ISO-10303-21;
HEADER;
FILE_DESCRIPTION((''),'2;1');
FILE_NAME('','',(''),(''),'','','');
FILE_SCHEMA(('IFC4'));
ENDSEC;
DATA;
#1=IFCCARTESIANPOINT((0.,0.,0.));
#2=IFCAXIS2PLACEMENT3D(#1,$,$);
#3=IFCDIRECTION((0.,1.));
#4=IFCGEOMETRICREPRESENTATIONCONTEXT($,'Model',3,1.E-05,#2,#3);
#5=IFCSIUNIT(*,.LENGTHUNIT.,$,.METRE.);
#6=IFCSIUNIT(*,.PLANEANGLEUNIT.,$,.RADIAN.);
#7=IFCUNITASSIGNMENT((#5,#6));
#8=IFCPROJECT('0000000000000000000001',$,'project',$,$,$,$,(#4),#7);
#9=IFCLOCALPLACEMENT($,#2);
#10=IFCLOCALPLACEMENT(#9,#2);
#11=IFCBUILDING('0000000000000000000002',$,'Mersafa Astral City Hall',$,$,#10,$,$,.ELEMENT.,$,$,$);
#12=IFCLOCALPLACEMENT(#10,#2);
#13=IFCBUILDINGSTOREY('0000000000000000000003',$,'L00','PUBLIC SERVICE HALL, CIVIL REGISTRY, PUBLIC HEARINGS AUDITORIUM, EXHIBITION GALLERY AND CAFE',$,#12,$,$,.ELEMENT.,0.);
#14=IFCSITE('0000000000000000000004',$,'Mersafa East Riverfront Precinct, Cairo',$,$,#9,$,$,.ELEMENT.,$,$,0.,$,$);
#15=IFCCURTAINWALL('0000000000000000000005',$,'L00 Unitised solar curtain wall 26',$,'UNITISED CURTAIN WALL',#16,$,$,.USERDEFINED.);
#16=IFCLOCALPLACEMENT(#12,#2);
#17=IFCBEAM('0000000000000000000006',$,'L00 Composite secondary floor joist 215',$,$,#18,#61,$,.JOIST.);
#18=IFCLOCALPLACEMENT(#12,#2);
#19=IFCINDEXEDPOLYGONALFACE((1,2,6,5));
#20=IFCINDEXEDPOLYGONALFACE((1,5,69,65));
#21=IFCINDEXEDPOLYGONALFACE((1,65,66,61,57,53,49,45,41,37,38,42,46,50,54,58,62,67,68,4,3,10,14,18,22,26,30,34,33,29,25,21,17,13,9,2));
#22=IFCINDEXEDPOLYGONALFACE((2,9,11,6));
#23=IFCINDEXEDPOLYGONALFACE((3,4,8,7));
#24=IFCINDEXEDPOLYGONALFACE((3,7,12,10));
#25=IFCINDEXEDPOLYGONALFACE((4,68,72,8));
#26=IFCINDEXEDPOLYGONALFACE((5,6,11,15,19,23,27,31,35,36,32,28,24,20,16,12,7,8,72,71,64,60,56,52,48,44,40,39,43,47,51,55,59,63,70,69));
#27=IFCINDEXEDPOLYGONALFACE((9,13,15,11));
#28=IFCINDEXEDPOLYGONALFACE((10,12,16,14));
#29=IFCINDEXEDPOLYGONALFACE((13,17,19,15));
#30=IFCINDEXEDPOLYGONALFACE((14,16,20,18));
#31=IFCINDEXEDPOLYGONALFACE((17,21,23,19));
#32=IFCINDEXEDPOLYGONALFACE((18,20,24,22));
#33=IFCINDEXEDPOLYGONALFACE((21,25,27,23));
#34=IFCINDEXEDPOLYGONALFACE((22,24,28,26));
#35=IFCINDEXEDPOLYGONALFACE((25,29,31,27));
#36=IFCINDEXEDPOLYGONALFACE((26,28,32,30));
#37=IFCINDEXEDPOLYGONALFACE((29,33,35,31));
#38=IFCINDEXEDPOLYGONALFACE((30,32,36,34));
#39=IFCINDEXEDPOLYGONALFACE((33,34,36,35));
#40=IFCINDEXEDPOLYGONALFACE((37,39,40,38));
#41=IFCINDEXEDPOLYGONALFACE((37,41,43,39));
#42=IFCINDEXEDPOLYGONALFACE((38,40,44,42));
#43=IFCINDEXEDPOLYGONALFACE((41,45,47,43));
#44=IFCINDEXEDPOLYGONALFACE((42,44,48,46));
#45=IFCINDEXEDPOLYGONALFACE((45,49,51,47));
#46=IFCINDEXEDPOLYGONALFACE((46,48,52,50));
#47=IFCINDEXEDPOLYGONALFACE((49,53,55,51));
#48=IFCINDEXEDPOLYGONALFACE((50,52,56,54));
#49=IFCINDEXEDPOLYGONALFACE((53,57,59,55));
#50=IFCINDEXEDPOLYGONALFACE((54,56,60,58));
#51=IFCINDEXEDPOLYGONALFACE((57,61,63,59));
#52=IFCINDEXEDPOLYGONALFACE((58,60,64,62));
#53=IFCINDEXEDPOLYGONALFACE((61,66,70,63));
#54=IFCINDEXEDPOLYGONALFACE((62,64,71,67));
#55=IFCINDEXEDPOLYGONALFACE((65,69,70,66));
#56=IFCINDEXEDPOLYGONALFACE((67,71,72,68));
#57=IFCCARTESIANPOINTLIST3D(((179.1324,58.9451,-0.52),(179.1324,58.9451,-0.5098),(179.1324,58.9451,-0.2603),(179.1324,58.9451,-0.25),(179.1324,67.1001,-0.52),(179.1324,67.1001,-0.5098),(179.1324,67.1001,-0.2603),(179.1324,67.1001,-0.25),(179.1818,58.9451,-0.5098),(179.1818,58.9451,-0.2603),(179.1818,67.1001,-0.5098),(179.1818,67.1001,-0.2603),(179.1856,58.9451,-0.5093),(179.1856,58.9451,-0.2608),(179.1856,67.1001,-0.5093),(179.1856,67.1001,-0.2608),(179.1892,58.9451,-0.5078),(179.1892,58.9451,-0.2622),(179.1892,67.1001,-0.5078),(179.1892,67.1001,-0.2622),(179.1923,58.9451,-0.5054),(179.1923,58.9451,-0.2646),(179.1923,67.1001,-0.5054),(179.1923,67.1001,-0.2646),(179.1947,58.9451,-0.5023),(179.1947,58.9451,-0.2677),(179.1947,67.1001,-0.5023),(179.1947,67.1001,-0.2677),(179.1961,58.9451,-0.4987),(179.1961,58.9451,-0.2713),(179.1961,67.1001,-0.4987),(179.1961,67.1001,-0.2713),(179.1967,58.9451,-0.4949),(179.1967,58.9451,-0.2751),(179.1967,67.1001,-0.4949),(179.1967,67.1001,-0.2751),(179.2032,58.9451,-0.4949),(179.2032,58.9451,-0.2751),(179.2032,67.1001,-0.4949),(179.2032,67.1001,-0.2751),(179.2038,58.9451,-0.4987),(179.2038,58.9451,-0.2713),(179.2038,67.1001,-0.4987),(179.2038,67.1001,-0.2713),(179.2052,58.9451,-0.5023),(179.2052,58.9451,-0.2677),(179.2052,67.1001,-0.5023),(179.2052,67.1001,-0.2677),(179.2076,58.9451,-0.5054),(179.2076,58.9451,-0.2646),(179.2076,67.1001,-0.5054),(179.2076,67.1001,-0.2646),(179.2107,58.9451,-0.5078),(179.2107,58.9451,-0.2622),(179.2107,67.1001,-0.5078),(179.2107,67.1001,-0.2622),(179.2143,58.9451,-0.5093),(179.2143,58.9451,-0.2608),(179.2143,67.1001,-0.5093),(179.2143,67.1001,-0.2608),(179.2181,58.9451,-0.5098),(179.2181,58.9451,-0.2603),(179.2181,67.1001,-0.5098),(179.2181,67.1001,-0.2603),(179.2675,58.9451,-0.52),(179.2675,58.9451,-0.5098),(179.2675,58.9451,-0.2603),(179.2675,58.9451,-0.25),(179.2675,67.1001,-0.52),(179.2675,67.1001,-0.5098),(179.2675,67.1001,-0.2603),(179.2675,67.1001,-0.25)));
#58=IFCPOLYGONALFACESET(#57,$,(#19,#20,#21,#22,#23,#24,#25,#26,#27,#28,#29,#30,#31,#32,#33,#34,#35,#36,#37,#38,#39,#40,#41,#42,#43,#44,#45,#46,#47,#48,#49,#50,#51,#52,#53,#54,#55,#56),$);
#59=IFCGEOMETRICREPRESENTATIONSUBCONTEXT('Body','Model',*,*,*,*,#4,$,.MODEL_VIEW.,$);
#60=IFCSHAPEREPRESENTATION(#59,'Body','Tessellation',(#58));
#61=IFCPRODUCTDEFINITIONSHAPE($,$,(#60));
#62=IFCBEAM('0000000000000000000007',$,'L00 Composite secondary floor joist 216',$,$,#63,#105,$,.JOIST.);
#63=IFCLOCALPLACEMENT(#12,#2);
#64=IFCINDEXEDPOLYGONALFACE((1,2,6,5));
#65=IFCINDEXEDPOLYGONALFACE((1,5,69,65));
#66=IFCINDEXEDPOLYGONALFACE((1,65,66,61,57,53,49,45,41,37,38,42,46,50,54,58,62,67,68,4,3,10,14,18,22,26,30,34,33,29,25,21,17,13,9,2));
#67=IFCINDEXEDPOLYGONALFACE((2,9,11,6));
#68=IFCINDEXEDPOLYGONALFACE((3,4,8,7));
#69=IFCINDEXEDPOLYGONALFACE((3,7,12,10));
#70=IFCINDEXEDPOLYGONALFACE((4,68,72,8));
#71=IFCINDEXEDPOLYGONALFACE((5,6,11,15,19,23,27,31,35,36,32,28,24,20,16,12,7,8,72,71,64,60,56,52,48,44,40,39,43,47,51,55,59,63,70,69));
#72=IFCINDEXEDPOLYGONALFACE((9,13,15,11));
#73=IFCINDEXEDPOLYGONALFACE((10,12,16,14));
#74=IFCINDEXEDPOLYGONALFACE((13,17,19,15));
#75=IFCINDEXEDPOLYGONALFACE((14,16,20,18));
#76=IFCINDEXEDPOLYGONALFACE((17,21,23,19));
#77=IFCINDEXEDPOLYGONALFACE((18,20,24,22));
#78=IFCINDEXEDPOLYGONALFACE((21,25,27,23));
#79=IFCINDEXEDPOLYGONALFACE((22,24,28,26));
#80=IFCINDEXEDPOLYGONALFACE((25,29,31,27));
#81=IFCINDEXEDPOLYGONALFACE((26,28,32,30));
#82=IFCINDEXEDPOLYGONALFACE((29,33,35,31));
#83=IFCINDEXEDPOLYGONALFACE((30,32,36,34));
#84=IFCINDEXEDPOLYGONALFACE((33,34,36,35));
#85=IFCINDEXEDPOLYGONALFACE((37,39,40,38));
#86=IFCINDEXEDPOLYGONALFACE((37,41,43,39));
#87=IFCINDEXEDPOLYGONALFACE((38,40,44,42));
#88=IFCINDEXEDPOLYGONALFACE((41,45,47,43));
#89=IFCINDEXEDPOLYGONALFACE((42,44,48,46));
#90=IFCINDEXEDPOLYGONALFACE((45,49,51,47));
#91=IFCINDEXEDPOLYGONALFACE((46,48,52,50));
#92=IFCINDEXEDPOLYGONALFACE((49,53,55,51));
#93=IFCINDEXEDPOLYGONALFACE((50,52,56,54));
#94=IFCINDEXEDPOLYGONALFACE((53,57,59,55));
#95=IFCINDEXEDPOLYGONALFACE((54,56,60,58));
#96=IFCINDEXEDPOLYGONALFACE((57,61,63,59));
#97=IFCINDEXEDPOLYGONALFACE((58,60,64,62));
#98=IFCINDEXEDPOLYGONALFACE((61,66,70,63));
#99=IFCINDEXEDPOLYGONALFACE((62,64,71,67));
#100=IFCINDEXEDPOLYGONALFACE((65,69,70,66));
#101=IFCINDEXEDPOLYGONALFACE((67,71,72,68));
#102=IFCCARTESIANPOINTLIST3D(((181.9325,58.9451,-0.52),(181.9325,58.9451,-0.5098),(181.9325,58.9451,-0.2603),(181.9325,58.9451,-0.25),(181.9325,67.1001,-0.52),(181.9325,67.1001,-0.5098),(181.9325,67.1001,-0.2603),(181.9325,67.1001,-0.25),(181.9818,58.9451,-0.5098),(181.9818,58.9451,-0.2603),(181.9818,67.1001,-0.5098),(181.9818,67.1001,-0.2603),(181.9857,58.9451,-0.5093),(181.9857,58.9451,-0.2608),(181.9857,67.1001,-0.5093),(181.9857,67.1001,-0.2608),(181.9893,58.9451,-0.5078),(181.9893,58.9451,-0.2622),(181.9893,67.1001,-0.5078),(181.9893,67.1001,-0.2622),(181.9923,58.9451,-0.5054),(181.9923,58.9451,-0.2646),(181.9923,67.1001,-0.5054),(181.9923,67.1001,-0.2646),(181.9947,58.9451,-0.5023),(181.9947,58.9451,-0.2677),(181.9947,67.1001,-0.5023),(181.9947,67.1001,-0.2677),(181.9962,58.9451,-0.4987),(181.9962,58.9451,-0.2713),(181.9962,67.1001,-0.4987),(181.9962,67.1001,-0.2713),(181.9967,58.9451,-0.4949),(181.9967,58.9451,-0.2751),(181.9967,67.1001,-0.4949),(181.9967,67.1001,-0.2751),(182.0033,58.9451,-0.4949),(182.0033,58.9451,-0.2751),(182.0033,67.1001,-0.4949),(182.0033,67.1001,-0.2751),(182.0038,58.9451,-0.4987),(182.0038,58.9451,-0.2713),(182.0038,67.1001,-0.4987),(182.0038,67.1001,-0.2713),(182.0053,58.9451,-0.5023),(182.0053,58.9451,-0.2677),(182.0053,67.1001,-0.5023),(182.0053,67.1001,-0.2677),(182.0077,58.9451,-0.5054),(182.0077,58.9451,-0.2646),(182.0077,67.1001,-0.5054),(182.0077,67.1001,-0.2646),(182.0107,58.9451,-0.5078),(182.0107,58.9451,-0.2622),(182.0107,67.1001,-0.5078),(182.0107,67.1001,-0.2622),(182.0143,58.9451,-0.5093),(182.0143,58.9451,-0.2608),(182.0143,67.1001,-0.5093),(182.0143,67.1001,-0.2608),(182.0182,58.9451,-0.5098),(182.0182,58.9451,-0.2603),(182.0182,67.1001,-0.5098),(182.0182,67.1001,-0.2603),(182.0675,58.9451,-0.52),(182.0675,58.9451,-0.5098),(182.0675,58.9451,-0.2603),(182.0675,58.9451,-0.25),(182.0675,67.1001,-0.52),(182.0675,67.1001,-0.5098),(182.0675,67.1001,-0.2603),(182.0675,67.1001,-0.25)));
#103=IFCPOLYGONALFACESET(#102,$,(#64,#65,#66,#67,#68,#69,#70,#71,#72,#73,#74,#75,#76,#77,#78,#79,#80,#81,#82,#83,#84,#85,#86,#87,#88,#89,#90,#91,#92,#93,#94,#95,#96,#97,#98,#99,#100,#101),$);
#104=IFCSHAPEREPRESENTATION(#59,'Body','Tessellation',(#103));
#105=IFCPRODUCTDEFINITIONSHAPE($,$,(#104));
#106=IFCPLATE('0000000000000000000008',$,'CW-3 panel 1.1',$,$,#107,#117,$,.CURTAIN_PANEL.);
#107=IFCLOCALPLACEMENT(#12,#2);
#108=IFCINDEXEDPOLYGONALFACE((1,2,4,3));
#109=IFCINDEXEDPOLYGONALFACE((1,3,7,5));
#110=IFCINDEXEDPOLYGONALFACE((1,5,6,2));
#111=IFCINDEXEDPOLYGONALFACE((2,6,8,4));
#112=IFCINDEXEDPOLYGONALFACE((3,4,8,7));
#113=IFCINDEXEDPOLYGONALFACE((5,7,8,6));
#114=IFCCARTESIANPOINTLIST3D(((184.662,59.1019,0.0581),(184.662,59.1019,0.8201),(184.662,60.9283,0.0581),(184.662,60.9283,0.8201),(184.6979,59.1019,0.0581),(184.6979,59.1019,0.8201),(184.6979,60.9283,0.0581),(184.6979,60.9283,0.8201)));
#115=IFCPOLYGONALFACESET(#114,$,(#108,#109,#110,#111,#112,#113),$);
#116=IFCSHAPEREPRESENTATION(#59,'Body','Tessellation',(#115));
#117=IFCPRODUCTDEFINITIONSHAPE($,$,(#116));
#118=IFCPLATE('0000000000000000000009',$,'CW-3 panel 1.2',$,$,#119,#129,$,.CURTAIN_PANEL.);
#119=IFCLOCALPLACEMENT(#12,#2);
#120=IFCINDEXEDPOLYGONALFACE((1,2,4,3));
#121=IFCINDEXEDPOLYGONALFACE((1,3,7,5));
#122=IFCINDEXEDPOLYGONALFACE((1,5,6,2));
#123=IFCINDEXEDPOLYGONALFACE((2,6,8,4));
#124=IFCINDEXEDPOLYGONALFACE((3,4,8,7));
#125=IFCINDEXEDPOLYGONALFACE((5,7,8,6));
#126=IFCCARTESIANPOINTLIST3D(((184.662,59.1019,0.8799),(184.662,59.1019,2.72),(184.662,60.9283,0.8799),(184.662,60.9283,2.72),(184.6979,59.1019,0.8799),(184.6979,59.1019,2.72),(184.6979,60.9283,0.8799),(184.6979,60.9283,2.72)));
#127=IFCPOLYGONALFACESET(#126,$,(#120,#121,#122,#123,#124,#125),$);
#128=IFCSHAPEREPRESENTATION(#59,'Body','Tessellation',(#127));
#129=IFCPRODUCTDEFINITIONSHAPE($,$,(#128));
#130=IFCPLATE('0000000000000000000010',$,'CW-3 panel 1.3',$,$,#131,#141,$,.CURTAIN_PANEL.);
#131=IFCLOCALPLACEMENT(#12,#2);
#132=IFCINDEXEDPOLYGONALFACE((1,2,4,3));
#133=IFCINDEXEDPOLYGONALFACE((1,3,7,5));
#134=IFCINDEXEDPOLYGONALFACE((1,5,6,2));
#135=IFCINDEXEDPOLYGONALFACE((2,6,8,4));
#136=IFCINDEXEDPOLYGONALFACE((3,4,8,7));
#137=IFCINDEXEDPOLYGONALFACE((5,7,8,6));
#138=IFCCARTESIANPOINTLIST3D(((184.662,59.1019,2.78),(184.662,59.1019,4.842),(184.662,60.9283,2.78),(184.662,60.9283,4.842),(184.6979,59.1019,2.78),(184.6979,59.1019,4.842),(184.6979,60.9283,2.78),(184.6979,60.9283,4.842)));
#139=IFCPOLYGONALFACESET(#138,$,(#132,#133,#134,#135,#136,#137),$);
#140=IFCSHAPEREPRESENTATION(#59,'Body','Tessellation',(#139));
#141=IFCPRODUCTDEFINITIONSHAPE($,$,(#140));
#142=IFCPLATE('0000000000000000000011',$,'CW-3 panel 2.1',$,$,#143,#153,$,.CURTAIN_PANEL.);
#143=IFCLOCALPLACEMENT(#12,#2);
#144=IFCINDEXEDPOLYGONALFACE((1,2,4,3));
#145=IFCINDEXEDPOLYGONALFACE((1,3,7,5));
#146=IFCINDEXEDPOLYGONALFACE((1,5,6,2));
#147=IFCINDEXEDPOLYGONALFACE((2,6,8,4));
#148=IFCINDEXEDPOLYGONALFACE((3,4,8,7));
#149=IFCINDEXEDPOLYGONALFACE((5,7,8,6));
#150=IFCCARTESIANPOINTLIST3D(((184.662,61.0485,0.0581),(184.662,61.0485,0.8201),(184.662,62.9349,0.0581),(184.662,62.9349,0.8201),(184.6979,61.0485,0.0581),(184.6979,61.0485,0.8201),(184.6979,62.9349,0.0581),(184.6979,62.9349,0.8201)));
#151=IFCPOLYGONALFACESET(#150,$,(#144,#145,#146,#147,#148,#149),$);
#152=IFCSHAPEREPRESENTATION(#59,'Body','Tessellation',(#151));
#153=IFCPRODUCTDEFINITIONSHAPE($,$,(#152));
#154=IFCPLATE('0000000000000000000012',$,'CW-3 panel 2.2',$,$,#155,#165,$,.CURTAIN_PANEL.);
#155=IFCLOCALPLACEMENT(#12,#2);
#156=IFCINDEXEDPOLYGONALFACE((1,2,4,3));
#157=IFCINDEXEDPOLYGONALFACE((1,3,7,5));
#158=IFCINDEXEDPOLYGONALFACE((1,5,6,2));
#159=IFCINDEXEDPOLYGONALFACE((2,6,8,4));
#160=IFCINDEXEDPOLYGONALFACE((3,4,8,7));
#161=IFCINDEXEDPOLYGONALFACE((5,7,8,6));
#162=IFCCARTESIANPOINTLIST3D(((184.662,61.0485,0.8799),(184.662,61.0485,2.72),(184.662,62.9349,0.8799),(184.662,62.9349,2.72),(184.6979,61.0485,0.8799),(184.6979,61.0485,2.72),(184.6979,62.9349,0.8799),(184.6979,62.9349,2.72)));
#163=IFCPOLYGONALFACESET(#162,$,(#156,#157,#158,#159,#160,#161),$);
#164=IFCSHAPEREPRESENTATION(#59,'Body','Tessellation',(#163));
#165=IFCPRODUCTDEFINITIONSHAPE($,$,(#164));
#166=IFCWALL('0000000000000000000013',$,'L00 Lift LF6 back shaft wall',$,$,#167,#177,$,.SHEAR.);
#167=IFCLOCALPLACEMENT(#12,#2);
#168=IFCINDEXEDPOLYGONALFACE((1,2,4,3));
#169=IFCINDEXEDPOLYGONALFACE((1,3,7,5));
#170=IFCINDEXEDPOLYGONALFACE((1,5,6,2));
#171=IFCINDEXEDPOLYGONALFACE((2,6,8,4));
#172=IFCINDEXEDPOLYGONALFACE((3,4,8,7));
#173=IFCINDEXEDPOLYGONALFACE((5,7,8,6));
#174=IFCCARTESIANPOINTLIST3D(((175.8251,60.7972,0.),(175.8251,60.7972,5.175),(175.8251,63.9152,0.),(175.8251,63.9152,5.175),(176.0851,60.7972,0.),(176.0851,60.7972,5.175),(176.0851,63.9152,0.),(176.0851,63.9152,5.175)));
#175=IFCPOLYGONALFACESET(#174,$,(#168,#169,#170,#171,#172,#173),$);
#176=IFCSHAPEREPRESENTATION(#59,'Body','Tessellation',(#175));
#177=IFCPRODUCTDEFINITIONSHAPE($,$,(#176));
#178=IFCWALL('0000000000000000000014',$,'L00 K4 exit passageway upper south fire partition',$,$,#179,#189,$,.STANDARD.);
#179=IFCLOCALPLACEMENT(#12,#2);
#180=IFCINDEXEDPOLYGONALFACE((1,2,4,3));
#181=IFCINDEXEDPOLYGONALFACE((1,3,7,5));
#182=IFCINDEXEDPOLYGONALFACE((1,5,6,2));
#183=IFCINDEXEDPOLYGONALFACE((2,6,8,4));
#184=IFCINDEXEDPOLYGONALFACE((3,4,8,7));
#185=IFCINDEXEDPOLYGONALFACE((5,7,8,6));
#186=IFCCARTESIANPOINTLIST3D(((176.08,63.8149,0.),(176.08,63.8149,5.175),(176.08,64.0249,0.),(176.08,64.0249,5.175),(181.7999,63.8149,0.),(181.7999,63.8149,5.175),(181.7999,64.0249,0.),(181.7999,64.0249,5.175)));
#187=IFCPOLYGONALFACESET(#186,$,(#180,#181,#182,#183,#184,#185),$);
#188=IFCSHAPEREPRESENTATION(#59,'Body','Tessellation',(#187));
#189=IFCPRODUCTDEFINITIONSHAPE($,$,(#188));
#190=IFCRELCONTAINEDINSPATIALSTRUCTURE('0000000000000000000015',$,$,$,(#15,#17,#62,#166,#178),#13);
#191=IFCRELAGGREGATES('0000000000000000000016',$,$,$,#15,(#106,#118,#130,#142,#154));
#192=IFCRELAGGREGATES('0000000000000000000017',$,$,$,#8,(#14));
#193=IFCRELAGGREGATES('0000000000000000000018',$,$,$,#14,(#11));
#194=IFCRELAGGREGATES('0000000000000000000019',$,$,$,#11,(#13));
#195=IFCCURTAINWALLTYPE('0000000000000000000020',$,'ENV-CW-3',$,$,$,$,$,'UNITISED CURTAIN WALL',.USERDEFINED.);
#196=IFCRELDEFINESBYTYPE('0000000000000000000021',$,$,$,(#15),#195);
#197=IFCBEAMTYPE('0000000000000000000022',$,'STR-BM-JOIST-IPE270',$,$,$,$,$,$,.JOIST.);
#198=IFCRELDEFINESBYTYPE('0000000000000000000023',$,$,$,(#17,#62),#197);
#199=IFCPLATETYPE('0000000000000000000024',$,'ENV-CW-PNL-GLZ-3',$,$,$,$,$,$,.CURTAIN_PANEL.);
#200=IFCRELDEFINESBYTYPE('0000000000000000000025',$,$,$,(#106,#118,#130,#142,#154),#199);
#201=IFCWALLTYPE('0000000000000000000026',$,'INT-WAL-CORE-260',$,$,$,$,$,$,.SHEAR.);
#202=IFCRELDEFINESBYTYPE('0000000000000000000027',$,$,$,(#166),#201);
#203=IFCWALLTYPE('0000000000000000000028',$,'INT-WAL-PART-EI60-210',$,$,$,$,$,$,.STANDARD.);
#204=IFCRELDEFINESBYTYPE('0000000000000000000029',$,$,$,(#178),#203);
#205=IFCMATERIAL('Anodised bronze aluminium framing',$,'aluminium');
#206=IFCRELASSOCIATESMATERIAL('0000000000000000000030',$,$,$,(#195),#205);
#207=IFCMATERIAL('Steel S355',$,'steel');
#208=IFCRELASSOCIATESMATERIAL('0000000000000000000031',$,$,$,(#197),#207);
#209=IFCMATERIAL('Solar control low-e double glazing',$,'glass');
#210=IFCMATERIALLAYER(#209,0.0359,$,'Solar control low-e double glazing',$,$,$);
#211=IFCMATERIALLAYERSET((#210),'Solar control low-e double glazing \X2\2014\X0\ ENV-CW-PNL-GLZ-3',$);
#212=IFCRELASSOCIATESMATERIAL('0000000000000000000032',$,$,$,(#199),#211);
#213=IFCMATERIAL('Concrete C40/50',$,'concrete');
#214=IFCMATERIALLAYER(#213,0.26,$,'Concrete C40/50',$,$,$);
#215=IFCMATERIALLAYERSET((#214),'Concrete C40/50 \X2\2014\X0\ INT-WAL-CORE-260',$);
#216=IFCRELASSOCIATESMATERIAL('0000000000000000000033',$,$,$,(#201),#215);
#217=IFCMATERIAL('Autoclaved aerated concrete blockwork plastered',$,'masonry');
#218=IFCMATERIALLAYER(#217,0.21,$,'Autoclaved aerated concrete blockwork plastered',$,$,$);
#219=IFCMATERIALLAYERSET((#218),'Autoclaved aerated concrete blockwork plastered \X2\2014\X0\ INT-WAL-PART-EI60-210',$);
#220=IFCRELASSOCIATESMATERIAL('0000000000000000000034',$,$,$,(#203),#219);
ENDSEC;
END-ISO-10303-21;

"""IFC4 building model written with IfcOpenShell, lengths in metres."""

from ifc_helpers import new_model, si_unit, direction, frame, frame_2d, origin, origin_2d, place, context, subcontext, project, spatial, rectangle, i_section, extrude, material, layer, layer_set, material_profile, profile_set, type_object, element, aggregate, save


model = new_model("IFC4")

# Units and contexts
model_context = context("Model", 3, precision=1e-05, world=origin(), true_north=direction((0.0, 1.0)))
body_context = subcontext(model_context, "Body", "Model", "MODEL_VIEW")
ifc_project = project(units=[si_unit("LENGTHUNIT", "METRE"), si_unit("PLANEANGLEUNIT", "RADIAN")], contexts=[model_context])

# Site, building, storey
site_placement = place(None, origin())
site = spatial("IfcSite", under=ifc_project, at=site_placement, Name="Mersafa East Riverfront Precinct, Cairo", CompositionType="ELEMENT", RefElevation=0.0)
building_placement = place(site_placement, origin())
building = spatial("IfcBuilding", under=site, at=building_placement, Name="Mersafa Astral City Hall", CompositionType="ELEMENT")
storey_placement = place(building_placement, origin())
storey = spatial("IfcBuildingStorey", under=building, at=storey_placement, Name="L00", Description="PUBLIC SERVICE HALL, CIVIL REGISTRY, PUBLIC HEARINGS AUDITORIUM, EXHIBITION GALLERY AND CAFE", CompositionType="ELEMENT", Elevation=0.0)

# Shared definitions
ifc_material_1 = material(Name="Steel S355", Category="steel")

# Curtain wall
ifc_material_2 = material(Name="Anodised bronze aluminium framing", Category="aluminium")
curtain_wall_type = type_object("IfcCurtainWallType", Name="ENV-CW-3", ElementType="UNITISED CURTAIN WALL", PredefinedType="USERDEFINED", material=ifc_material_2)
curtain_wall_placement = place(storey_placement, origin())
curtain_wall = element("IfcCurtainWall", 1, at=curtain_wall_placement, inside=storey, type_object=curtain_wall_type, Name="L00 Unitised solar curtain wall 26", ObjectType="UNITISED CURTAIN WALL", PredefinedType="USERDEFINED")

# Beams
ifc_material_profile_1 = material_profile(ifc_material_1, i_section(OverallWidth=0.135, OverallDepth=0.27, WebThickness=0.0066, FlangeThickness=0.0103, FilletRadius=0.0149, at=origin_2d()), Name="IPE 270")
ifc_profile_set_1 = profile_set([ifc_material_profile_1], Name="Steel S355")
beam_type_1 = type_object("IfcBeamType", Name="STR-BM-JOIST-IPE270", PredefinedType="JOIST", material=ifc_profile_set_1)
for number, where, z_axis, x_axis, name in (
    (2, (179.2, 58.9451, -0.385), (0.0, 1.0, 0.0), (-1.0, 0.0, 0.0), "L00 Composite secondary floor joist 215"),
    (3, (182.0, 58.9451, -0.385), (0.0, 1.0, 0.0), (-1.0, 0.0, 0.0), "L00 Composite secondary floor joist 216"),
):
    element("IfcBeam", number, at=place(storey_placement, frame(where, z_axis=z_axis, x_axis=x_axis)), inside=storey, type_object=beam_type_1, Name=name, PredefinedType="JOIST", context=body_context, shape_type="SweptSolid", body=[
        extrude(i_section(OverallWidth=0.135, OverallDepth=0.27, WebThickness=0.0066, FlangeThickness=0.0103, FilletRadius=0.0149, at=origin_2d()), origin(), (0.0, 0.0, 1.0), 8.155),
    ])

# Plates
ifc_material_3 = material(Name="Solar control low-e double glazing", Category="glass")
ifc_layer_1 = layer(ifc_material_3, 0.0359, Name="Solar control low-e double glazing")
ifc_layer_set_1 = layer_set([ifc_layer_1], Name="Solar control low-e double glazing — ENV-CW-PNL-GLZ-3")
plate_type = type_object("IfcPlateType", Name="ENV-CW-PNL-GLZ-3", PredefinedType="CURTAIN_PANEL", material=ifc_layer_set_1)
plate_1_placement = place(storey_placement, frame((184.6799, 60.0151, 0.0581), z_axis=(0.0, 0.0, 1.0), x_axis=(0.0, 1.0, 0.0)))
plate_1 = element("IfcPlate", 4, at=plate_1_placement, type_object=plate_type, Name="CW-3 panel 1.1", PredefinedType="CURTAIN_PANEL", context=body_context, shape_type="SweptSolid", body=[
    extrude(rectangle(XDim=1.8264, YDim=0.0359, at=origin_2d()), origin(), (0.0, 0.0, 1.0), 0.762),
])
plate_2_placement = place(storey_placement, frame((184.6799, 60.0151, 0.8799), z_axis=(0.0, 0.0, 1.0), x_axis=(0.0, 1.0, 0.0)))
plate_2 = element("IfcPlate", 5, at=plate_2_placement, type_object=plate_type, Name="CW-3 panel 1.2", PredefinedType="CURTAIN_PANEL", context=body_context, shape_type="SweptSolid", body=[
    extrude(rectangle(XDim=1.8264, YDim=0.0359, at=origin_2d()), origin(), (0.0, 0.0, 1.0), 1.8401),
])
plate_3_placement = place(storey_placement, frame((184.6799, 60.0151, 2.78), z_axis=(0.0, 0.0, 1.0), x_axis=(0.0, 1.0, 0.0)))
plate_3 = element("IfcPlate", 6, at=plate_3_placement, type_object=plate_type, Name="CW-3 panel 1.3", PredefinedType="CURTAIN_PANEL", context=body_context, shape_type="SweptSolid", body=[
    extrude(rectangle(XDim=1.8264, YDim=0.0359, at=origin_2d()), origin(), (0.0, 0.0, 1.0), 2.062),
])
plate_4_placement = place(storey_placement, frame((184.6799, 61.9917, 0.0581), z_axis=(0.0, 0.0, 1.0), x_axis=(0.0, 1.0, 0.0)))
plate_4 = element("IfcPlate", 7, at=plate_4_placement, type_object=plate_type, Name="CW-3 panel 2.1", PredefinedType="CURTAIN_PANEL", context=body_context, shape_type="SweptSolid", body=[
    extrude(rectangle(XDim=1.8865, YDim=0.0359, at=origin_2d()), origin(), (0.0, 0.0, 1.0), 0.762),
])
plate_5_placement = place(storey_placement, frame((184.6799, 61.9917, 0.8799), z_axis=(0.0, 0.0, 1.0), x_axis=(0.0, 1.0, 0.0)))
plate_5 = element("IfcPlate", 8, at=plate_5_placement, type_object=plate_type, Name="CW-3 panel 2.2", PredefinedType="CURTAIN_PANEL", context=body_context, shape_type="SweptSolid", body=[
    extrude(rectangle(XDim=1.8865, YDim=0.0359, at=origin_2d()), origin(), (0.0, 0.0, 1.0), 1.8401),
])
aggregate(curtain_wall, [plate_1, plate_2, plate_3, plate_4, plate_5])

# Walls
ifc_material_4 = material(Name="Concrete C40/50", Category="concrete")
ifc_layer_2 = layer(ifc_material_4, 0.26, Name="Concrete C40/50")
ifc_layer_set_2 = layer_set([ifc_layer_2], Name="Concrete C40/50 — INT-WAL-CORE-260")
wall_type_1 = type_object("IfcWallType", Name="INT-WAL-CORE-260", PredefinedType="SHEAR", material=ifc_layer_set_2)
wall_1_placement = place(storey_placement, frame((175.9551, 60.7971, 0.0), z_axis=(0.0, 0.0, 1.0), x_axis=(0.0, 1.0, 0.0)))
element("IfcWall", 9, at=wall_1_placement, inside=storey, type_object=wall_type_1, Name="L00 Lift LF6 back shaft wall", PredefinedType="SHEAR", context=body_context, shape_type="SweptSolid", body=[
    extrude(rectangle(XDim=3.1179, YDim=0.26, at=frame_2d((1.5591, 0.0))), origin(), (0.0, 0.0, 1.0), 5.175),
])
ifc_material_5 = material(Name="Autoclaved aerated concrete blockwork plastered", Category="masonry")
ifc_layer_3 = layer(ifc_material_5, 0.21, Name="Autoclaved aerated concrete blockwork plastered")
ifc_layer_set_3 = layer_set([ifc_layer_3], Name="Autoclaved aerated concrete blockwork plastered — INT-WAL-PART-EI60-210")
wall_type_2 = type_object("IfcWallType", Name="INT-WAL-PART-EI60-210", PredefinedType="STANDARD", material=ifc_layer_set_3)
wall_2_placement = place(storey_placement, frame((176.0801, 63.9199, 0.0), z_axis=(0.0, 0.0, 1.0), x_axis=(1.0, 0.0, 0.0)))
element("IfcWall", 10, at=wall_2_placement, inside=storey, type_object=wall_type_2, Name="L00 K4 exit passageway upper south fire partition", PredefinedType="STANDARD", context=body_context, shape_type="SweptSolid", body=[
    extrude(rectangle(XDim=5.72, YDim=0.21, at=frame_2d((2.8599, 0.0))), origin(), (0.0, 0.0, 1.0), 5.175),
])

save(model, "model.ifc")
